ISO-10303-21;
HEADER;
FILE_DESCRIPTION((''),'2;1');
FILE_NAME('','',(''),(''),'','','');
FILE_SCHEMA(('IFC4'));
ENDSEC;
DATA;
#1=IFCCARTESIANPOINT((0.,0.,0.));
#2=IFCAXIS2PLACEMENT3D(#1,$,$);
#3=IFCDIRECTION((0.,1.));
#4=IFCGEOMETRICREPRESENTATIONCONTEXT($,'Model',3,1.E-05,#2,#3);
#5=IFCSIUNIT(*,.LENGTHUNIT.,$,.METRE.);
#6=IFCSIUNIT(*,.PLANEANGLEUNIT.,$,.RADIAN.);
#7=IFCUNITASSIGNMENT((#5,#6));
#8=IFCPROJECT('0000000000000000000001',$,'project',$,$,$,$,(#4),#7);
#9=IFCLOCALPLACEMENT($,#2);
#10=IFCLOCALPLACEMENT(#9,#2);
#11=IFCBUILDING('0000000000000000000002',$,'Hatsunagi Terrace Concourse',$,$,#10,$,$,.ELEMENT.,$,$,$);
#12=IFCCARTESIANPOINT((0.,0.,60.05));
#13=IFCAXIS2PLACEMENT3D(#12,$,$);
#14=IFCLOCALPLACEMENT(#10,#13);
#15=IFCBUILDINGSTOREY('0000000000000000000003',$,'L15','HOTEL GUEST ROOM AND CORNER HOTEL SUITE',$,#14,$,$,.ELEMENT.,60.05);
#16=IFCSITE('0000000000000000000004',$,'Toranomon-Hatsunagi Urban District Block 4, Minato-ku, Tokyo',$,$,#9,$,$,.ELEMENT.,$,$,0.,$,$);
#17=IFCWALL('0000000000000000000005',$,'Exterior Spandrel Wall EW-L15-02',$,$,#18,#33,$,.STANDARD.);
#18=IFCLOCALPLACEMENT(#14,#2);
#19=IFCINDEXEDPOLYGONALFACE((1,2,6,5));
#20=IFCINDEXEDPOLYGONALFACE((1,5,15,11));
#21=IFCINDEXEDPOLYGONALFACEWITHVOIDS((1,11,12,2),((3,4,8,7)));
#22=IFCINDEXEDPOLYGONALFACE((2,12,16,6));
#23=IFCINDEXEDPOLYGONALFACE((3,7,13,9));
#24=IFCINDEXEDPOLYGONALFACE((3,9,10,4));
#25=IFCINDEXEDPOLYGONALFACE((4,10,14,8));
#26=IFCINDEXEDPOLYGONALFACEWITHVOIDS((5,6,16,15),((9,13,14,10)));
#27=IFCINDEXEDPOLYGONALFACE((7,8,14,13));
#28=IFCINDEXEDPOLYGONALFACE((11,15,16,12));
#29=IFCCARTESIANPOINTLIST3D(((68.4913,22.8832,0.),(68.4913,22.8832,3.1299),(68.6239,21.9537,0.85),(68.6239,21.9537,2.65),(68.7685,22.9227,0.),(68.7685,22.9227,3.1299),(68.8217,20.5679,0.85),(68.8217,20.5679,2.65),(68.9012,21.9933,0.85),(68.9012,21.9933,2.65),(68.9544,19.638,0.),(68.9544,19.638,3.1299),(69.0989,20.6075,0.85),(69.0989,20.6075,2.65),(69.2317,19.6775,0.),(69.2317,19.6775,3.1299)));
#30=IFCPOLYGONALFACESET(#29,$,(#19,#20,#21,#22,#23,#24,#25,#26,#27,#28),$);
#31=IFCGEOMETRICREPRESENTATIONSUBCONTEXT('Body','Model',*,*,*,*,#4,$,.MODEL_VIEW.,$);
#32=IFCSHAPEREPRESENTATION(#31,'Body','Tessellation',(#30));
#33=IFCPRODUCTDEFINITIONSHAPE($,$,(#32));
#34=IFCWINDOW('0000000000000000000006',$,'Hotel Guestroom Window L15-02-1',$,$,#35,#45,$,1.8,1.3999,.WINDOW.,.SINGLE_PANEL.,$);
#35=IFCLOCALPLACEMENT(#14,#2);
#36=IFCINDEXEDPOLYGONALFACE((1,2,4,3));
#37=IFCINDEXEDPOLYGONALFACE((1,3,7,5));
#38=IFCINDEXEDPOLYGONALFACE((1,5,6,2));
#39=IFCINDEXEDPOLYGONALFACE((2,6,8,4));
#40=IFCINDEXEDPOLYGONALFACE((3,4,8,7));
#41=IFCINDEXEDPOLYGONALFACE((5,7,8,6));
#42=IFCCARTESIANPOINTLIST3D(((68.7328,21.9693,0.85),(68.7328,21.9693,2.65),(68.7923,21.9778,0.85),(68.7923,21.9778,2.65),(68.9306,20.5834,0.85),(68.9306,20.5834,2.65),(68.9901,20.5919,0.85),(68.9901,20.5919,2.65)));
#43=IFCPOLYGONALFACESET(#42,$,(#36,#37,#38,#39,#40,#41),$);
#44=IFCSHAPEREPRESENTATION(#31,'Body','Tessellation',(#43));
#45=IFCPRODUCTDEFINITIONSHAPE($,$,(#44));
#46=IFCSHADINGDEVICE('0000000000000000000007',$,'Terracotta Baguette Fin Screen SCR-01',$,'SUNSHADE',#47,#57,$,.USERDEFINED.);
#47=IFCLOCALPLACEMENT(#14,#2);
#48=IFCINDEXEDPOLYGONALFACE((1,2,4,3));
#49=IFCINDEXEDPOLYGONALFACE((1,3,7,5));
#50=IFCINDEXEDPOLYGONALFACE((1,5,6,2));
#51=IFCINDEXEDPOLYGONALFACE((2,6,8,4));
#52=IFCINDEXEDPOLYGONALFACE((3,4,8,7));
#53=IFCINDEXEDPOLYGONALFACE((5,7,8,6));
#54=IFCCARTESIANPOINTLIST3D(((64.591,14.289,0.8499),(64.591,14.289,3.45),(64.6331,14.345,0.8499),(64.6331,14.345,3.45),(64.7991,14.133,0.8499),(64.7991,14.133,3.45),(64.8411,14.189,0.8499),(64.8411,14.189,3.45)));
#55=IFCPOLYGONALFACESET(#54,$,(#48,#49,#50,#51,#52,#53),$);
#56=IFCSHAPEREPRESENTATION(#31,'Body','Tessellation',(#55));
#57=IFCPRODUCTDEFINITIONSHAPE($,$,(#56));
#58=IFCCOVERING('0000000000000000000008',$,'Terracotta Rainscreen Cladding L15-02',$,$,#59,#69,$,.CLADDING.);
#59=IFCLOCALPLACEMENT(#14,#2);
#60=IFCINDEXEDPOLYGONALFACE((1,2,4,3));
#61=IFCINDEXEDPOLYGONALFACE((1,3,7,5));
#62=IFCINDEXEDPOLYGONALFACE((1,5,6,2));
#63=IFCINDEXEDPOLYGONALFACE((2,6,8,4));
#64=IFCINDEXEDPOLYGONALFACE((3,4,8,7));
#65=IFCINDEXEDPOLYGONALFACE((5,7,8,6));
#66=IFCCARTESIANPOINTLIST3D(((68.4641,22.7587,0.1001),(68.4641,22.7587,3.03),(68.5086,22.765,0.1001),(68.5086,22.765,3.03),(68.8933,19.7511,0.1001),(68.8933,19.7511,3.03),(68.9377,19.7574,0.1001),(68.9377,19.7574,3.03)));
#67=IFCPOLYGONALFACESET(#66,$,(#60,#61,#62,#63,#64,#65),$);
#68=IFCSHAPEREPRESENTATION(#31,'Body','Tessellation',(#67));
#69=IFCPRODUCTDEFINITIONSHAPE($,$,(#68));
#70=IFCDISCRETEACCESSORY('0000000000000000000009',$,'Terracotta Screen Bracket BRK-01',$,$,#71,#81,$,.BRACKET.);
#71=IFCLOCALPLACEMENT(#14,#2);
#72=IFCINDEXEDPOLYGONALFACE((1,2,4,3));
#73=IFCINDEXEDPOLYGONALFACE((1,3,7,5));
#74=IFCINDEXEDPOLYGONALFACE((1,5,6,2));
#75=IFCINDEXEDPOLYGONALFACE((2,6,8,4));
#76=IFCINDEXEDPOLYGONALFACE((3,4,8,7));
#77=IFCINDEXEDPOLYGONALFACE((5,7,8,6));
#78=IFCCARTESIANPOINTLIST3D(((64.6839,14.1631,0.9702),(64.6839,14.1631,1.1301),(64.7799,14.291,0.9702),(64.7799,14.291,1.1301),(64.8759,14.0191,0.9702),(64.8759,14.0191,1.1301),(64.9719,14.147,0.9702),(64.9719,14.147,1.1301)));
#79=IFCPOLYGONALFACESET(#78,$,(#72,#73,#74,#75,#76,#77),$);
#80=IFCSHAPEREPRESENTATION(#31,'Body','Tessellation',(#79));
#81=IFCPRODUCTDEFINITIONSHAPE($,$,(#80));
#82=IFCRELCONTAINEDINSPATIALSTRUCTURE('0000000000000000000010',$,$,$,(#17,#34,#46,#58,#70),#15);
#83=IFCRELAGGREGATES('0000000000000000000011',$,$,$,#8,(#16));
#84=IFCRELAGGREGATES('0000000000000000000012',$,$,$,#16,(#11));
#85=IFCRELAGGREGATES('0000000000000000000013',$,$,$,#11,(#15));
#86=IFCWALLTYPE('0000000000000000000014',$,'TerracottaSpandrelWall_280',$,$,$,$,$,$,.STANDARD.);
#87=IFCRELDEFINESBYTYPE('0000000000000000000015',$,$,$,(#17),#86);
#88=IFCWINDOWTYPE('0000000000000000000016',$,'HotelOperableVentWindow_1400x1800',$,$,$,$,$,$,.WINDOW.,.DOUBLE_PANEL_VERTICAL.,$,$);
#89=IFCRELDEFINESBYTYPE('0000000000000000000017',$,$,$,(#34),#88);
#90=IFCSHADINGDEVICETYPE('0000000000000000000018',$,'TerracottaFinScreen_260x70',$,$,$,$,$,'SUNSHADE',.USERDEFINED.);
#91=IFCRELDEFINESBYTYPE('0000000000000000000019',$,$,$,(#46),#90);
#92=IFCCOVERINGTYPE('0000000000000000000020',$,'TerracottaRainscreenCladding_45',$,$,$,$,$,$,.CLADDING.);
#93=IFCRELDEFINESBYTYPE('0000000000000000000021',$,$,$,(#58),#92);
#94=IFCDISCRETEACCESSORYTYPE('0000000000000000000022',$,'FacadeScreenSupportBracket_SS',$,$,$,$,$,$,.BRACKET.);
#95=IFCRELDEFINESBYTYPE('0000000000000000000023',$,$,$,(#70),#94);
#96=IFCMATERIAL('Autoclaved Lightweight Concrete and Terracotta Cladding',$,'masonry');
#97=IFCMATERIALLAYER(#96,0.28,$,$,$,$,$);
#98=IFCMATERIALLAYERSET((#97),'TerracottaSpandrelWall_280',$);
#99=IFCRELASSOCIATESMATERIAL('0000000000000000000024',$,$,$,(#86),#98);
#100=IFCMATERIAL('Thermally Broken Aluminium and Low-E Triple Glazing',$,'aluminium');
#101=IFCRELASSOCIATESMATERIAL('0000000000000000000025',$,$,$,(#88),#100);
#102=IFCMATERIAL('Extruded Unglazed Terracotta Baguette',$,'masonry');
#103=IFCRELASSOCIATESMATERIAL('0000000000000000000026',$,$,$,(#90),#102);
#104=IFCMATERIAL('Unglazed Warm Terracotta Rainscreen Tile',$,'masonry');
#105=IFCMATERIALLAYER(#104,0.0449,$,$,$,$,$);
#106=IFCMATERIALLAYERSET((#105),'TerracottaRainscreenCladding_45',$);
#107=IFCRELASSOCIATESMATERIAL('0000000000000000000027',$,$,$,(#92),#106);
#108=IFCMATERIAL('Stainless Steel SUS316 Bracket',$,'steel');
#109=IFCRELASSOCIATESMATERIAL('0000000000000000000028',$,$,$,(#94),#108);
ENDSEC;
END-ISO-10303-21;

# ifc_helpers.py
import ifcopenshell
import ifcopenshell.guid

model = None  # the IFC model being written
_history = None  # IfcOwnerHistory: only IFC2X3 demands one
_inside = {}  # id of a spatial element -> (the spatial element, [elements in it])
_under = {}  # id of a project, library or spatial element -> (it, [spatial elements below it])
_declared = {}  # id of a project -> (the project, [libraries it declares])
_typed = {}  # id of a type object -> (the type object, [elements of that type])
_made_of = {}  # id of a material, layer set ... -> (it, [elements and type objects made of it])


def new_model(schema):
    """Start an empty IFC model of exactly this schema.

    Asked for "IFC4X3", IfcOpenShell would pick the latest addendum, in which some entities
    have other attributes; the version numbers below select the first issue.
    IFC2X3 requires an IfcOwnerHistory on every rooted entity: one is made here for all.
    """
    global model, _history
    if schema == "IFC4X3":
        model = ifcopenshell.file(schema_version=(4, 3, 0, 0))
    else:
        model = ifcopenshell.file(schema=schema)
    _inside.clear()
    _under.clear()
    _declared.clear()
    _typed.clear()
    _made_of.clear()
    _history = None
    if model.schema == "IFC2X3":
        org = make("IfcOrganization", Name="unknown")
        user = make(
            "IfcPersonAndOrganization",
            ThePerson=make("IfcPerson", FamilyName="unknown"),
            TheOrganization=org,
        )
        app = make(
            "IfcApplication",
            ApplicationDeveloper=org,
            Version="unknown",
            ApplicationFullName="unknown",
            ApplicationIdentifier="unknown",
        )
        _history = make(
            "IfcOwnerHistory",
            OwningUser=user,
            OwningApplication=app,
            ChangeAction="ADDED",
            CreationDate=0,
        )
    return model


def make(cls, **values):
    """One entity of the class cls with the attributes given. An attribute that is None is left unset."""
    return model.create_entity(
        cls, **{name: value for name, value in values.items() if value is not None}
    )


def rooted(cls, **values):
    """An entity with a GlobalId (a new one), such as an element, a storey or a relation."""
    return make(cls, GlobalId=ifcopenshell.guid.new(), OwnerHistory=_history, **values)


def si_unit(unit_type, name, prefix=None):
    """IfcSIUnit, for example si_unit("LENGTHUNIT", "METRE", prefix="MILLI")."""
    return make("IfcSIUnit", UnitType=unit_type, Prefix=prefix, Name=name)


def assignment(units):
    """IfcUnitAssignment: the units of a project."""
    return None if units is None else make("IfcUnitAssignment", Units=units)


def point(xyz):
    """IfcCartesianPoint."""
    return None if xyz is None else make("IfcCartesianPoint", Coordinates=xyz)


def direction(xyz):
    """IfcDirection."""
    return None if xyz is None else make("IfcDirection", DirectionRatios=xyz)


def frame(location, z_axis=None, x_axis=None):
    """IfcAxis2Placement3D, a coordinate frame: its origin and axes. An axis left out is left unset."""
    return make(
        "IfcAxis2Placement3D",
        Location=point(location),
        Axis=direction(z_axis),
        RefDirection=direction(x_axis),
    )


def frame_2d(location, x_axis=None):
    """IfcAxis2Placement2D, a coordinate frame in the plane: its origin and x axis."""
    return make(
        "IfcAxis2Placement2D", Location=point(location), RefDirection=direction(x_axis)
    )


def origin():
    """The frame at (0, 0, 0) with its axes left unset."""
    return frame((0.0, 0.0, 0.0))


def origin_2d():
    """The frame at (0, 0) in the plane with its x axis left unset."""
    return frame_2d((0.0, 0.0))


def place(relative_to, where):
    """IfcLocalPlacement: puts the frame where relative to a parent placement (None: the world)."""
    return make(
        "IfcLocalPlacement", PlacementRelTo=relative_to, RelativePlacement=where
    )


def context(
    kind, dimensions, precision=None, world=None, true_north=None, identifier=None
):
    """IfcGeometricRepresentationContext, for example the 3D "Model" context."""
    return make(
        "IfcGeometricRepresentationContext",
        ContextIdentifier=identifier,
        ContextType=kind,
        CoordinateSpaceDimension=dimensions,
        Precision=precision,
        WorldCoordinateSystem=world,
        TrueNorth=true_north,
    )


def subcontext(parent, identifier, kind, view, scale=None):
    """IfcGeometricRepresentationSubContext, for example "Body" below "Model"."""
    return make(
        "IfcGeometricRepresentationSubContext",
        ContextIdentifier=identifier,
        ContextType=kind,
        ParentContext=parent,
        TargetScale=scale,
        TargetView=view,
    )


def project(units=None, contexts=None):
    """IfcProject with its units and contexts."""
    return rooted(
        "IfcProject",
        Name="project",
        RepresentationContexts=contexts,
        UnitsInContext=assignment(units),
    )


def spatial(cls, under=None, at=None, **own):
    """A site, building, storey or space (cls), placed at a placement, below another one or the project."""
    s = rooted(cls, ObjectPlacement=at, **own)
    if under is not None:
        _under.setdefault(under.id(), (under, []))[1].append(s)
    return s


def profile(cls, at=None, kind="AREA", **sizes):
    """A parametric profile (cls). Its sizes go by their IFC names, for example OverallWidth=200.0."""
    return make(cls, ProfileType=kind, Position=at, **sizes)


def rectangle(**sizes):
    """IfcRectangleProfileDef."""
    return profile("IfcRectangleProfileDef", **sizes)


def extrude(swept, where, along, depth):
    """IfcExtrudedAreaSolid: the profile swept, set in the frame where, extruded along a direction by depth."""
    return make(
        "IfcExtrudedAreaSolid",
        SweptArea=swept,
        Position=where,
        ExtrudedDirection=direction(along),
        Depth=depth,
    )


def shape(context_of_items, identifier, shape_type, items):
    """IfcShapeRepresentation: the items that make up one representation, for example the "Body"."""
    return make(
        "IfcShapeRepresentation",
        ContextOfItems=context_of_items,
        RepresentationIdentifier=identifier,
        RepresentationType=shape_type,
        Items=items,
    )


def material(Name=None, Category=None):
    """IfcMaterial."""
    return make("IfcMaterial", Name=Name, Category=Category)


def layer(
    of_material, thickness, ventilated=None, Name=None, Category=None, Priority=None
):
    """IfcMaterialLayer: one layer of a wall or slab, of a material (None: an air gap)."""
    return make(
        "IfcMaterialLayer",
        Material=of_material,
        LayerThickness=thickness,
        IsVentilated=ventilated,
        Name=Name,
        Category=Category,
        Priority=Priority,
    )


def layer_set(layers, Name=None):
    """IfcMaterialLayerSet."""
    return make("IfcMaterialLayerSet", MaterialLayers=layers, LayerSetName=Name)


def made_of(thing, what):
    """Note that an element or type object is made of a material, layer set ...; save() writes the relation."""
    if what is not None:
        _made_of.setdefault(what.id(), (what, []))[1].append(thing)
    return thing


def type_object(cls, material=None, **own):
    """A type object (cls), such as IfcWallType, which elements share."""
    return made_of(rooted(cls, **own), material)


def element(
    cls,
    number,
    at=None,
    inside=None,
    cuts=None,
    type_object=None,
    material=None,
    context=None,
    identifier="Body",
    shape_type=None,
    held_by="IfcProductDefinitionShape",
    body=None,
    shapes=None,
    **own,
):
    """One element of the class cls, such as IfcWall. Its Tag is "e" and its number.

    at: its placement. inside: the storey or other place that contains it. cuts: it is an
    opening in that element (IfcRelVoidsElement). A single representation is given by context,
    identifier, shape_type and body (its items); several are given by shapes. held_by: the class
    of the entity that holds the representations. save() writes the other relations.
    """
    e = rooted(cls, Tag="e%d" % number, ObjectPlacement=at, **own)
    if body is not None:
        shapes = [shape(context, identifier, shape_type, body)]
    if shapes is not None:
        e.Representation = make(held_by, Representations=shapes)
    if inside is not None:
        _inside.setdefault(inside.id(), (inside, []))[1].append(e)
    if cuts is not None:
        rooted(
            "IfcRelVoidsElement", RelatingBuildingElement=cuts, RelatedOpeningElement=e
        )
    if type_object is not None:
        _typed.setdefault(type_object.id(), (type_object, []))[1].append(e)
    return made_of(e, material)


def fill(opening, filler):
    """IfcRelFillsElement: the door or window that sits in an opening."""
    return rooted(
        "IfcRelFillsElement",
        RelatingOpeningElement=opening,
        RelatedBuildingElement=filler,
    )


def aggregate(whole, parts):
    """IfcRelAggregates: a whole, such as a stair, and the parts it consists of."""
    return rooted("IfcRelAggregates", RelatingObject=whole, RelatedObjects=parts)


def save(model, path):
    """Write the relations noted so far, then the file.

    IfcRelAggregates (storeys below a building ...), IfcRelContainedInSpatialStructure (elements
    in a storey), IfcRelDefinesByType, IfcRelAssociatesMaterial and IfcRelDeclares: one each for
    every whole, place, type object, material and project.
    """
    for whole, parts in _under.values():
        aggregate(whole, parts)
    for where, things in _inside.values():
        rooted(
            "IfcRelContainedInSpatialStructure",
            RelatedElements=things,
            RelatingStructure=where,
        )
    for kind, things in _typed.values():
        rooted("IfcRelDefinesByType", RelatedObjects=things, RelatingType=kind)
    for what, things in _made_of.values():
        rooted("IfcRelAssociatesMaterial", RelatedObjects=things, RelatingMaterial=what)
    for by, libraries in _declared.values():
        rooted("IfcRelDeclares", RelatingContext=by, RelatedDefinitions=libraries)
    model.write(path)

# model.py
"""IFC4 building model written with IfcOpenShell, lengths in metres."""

from ifc_helpers import new_model, si_unit, direction, frame, frame_2d, origin, origin_2d, place, context, subcontext, project, spatial, rectangle, extrude, material, layer, layer_set, type_object, element, fill, save


model = new_model("IFC4")

# Units and contexts
model_context = context("Model", 3, precision=1e-05, world=origin(), true_north=direction((0.0, 1.0)))
body_context = subcontext(model_context, "Body", "Model", "MODEL_VIEW")
ifc_project = project(units=[si_unit("LENGTHUNIT", "METRE"), si_unit("PLANEANGLEUNIT", "RADIAN")], contexts=[model_context])

# Site, building, storey
site_placement = place(None, origin())
site = spatial("IfcSite", under=ifc_project, at=site_placement, Name="Toranomon-Hatsunagi Urban District Block 4, Minato-ku, Tokyo", CompositionType="ELEMENT", RefElevation=0.0)
building_placement = place(site_placement, origin())
building = spatial("IfcBuilding", under=site, at=building_placement, Name="Hatsunagi Terrace Concourse", CompositionType="ELEMENT")
storey_placement = place(building_placement, frame((0.0, 0.0, 60.05)))
storey = spatial("IfcBuildingStorey", under=building, at=storey_placement, Name="L15", Description="HOTEL GUEST ROOM AND CORNER HOTEL SUITE", CompositionType="ELEMENT", Elevation=60.05)

# Wall, opening, window
ifc_material_1 = material(Name="Autoclaved Lightweight Concrete and Terracotta Cladding", Category="masonry")
ifc_layer_1 = layer(ifc_material_1, 0.28)
ifc_layer_set_1 = layer_set([ifc_layer_1], Name="TerracottaSpandrelWall_280")
wall_type_1 = type_object("IfcWallType", Name="TerracottaSpandrelWall_280", PredefinedType="STANDARD", material=ifc_layer_set_1)
wall_1_placement = place(storey_placement, frame((68.6299, 22.9031, 0.0), z_axis=(0.0, 0.0, 1.0), x_axis=(0.141286, -0.989969, 0.0)))
wall_1 = element("IfcWall", 1, at=wall_1_placement, inside=storey, type_object=wall_type_1, Name="Exterior Spandrel Wall EW-L15-02", PredefinedType="STANDARD", context=body_context, shape_type="SweptSolid", body=[
    extrude(rectangle(XDim=3.2781, YDim=0.28, at=frame_2d((1.6392, 0.0))), origin(), (0.0, 0.0, 1.0), 3.1299),
])
opening_1_placement = place(wall_1_placement, frame((0.939, 0.0, 0.8501)))
opening_1 = element("IfcOpeningElement", 2, at=opening_1_placement, cuts=wall_1, PredefinedType="OPENING", context=body_context, shape_type="SweptSolid", body=[
    extrude(rectangle(XDim=1.3999, YDim=1.8, at=frame_2d((0.7, 0.8999))), frame((0.0, 0.1499, 0.0), z_axis=(0.0, -1.0, 0.0), x_axis=(1.0, 0.0, 0.0)), (0.0, 0.0, 1.0), 0.3),
])
ifc_material_2 = material(Name="Thermally Broken Aluminium and Low-E Triple Glazing", Category="aluminium")
window_type = type_object("IfcWindowType", Name="HotelOperableVentWindow_1400x1800", PartitioningType="DOUBLE_PANEL_VERTICAL", PredefinedType="WINDOW", material=ifc_material_2)
window_placement = place(opening_1_placement, origin())
window = element("IfcWindow", 3, at=window_placement, inside=storey, type_object=window_type, Name="Hotel Guestroom Window L15-02-1", OverallHeight=1.8, OverallWidth=1.3999, PartitioningType="SINGLE_PANEL", PredefinedType="WINDOW", context=body_context, shape_type="SweptSolid", body=[
    extrude(rectangle(XDim=1.3999, YDim=1.8, at=frame_2d((0.7, 0.8999))), frame((0.0, 0.03, 0.0), z_axis=(0.0, -1.0, 0.0), x_axis=(1.0, 0.0, 0.0)), (0.0, 0.0, 1.0), 0.0601),
])
fill(opening_1, window)

# Shading device
ifc_material_3 = material(Name="Extruded Unglazed Terracotta Baguette", Category="masonry")
shading_device_type = type_object("IfcShadingDeviceType", Name="TerracottaFinScreen_260x70", ElementType="SUNSHADE", PredefinedType="USERDEFINED", material=ifc_material_3)
shading_device_placement = place(storey_placement, frame((64.7161, 14.239, 0.8499), z_axis=(0.0, 0.0, 1.0), x_axis=(-0.599969, -0.800023, 0.0)))
element("IfcShadingDevice", 4, at=shading_device_placement, inside=storey, type_object=shading_device_type, Name="Terracotta Baguette Fin Screen SCR-01", ObjectType="SUNSHADE", PredefinedType="USERDEFINED", context=body_context, shape_type="SweptSolid", body=[
    extrude(rectangle(XDim=0.0701, YDim=0.26, at=origin_2d()), origin(), (0.0, 0.0, 1.0), 2.6001),
])

# Covering
ifc_material_4 = material(Name="Unglazed Warm Terracotta Rainscreen Tile", Category="masonry")
ifc_layer_2 = layer(ifc_material_4, 0.0449)
ifc_layer_set_2 = layer_set([ifc_layer_2], Name="TerracottaRainscreenCladding_45")
covering_type = type_object("IfcCoveringType", Name="TerracottaRainscreenCladding_45", PredefinedType="CLADDING", material=ifc_layer_set_2)
covering_placement = place(storey_placement, frame((68.7009, 21.2581, 0.1001), z_axis=(0.0, 0.0, 1.0), x_axis=(0.14125, -0.989974, 0.0)))
element("IfcCovering", 5, at=covering_placement, inside=storey, type_object=covering_type, Name="Terracotta Rainscreen Cladding L15-02", PredefinedType="CLADDING", context=body_context, shape_type="SweptSolid", body=[
    extrude(rectangle(XDim=3.0381, YDim=0.0449, at=origin_2d()), origin(), (0.0, 0.0, 1.0), 2.9299),
])

# Discrete accessory
ifc_material_5 = material(Name="Stainless Steel SUS316 Bracket", Category="steel")
discrete_accessory_type = type_object("IfcDiscreteAccessoryType", Name="FacadeScreenSupportBracket_SS", PredefinedType="BRACKET", material=ifc_material_5)
discrete_accessory_placement = place(storey_placement, frame((64.8279, 14.155, 0.9702), z_axis=(0.0, 0.0, 1.0), x_axis=(-0.599969, -0.800023, 0.0)))
element("IfcDiscreteAccessory", 6, at=discrete_accessory_placement, inside=storey, type_object=discrete_accessory_type, Name="Terracotta Screen Bracket BRK-01", PredefinedType="BRACKET", context=body_context, shape_type="SweptSolid", body=[
    extrude(rectangle(XDim=0.1599, YDim=0.24, at=origin_2d()), origin(), (0.0, 0.0, 1.0), 0.1599),
])

save(model, "model.ifc")
